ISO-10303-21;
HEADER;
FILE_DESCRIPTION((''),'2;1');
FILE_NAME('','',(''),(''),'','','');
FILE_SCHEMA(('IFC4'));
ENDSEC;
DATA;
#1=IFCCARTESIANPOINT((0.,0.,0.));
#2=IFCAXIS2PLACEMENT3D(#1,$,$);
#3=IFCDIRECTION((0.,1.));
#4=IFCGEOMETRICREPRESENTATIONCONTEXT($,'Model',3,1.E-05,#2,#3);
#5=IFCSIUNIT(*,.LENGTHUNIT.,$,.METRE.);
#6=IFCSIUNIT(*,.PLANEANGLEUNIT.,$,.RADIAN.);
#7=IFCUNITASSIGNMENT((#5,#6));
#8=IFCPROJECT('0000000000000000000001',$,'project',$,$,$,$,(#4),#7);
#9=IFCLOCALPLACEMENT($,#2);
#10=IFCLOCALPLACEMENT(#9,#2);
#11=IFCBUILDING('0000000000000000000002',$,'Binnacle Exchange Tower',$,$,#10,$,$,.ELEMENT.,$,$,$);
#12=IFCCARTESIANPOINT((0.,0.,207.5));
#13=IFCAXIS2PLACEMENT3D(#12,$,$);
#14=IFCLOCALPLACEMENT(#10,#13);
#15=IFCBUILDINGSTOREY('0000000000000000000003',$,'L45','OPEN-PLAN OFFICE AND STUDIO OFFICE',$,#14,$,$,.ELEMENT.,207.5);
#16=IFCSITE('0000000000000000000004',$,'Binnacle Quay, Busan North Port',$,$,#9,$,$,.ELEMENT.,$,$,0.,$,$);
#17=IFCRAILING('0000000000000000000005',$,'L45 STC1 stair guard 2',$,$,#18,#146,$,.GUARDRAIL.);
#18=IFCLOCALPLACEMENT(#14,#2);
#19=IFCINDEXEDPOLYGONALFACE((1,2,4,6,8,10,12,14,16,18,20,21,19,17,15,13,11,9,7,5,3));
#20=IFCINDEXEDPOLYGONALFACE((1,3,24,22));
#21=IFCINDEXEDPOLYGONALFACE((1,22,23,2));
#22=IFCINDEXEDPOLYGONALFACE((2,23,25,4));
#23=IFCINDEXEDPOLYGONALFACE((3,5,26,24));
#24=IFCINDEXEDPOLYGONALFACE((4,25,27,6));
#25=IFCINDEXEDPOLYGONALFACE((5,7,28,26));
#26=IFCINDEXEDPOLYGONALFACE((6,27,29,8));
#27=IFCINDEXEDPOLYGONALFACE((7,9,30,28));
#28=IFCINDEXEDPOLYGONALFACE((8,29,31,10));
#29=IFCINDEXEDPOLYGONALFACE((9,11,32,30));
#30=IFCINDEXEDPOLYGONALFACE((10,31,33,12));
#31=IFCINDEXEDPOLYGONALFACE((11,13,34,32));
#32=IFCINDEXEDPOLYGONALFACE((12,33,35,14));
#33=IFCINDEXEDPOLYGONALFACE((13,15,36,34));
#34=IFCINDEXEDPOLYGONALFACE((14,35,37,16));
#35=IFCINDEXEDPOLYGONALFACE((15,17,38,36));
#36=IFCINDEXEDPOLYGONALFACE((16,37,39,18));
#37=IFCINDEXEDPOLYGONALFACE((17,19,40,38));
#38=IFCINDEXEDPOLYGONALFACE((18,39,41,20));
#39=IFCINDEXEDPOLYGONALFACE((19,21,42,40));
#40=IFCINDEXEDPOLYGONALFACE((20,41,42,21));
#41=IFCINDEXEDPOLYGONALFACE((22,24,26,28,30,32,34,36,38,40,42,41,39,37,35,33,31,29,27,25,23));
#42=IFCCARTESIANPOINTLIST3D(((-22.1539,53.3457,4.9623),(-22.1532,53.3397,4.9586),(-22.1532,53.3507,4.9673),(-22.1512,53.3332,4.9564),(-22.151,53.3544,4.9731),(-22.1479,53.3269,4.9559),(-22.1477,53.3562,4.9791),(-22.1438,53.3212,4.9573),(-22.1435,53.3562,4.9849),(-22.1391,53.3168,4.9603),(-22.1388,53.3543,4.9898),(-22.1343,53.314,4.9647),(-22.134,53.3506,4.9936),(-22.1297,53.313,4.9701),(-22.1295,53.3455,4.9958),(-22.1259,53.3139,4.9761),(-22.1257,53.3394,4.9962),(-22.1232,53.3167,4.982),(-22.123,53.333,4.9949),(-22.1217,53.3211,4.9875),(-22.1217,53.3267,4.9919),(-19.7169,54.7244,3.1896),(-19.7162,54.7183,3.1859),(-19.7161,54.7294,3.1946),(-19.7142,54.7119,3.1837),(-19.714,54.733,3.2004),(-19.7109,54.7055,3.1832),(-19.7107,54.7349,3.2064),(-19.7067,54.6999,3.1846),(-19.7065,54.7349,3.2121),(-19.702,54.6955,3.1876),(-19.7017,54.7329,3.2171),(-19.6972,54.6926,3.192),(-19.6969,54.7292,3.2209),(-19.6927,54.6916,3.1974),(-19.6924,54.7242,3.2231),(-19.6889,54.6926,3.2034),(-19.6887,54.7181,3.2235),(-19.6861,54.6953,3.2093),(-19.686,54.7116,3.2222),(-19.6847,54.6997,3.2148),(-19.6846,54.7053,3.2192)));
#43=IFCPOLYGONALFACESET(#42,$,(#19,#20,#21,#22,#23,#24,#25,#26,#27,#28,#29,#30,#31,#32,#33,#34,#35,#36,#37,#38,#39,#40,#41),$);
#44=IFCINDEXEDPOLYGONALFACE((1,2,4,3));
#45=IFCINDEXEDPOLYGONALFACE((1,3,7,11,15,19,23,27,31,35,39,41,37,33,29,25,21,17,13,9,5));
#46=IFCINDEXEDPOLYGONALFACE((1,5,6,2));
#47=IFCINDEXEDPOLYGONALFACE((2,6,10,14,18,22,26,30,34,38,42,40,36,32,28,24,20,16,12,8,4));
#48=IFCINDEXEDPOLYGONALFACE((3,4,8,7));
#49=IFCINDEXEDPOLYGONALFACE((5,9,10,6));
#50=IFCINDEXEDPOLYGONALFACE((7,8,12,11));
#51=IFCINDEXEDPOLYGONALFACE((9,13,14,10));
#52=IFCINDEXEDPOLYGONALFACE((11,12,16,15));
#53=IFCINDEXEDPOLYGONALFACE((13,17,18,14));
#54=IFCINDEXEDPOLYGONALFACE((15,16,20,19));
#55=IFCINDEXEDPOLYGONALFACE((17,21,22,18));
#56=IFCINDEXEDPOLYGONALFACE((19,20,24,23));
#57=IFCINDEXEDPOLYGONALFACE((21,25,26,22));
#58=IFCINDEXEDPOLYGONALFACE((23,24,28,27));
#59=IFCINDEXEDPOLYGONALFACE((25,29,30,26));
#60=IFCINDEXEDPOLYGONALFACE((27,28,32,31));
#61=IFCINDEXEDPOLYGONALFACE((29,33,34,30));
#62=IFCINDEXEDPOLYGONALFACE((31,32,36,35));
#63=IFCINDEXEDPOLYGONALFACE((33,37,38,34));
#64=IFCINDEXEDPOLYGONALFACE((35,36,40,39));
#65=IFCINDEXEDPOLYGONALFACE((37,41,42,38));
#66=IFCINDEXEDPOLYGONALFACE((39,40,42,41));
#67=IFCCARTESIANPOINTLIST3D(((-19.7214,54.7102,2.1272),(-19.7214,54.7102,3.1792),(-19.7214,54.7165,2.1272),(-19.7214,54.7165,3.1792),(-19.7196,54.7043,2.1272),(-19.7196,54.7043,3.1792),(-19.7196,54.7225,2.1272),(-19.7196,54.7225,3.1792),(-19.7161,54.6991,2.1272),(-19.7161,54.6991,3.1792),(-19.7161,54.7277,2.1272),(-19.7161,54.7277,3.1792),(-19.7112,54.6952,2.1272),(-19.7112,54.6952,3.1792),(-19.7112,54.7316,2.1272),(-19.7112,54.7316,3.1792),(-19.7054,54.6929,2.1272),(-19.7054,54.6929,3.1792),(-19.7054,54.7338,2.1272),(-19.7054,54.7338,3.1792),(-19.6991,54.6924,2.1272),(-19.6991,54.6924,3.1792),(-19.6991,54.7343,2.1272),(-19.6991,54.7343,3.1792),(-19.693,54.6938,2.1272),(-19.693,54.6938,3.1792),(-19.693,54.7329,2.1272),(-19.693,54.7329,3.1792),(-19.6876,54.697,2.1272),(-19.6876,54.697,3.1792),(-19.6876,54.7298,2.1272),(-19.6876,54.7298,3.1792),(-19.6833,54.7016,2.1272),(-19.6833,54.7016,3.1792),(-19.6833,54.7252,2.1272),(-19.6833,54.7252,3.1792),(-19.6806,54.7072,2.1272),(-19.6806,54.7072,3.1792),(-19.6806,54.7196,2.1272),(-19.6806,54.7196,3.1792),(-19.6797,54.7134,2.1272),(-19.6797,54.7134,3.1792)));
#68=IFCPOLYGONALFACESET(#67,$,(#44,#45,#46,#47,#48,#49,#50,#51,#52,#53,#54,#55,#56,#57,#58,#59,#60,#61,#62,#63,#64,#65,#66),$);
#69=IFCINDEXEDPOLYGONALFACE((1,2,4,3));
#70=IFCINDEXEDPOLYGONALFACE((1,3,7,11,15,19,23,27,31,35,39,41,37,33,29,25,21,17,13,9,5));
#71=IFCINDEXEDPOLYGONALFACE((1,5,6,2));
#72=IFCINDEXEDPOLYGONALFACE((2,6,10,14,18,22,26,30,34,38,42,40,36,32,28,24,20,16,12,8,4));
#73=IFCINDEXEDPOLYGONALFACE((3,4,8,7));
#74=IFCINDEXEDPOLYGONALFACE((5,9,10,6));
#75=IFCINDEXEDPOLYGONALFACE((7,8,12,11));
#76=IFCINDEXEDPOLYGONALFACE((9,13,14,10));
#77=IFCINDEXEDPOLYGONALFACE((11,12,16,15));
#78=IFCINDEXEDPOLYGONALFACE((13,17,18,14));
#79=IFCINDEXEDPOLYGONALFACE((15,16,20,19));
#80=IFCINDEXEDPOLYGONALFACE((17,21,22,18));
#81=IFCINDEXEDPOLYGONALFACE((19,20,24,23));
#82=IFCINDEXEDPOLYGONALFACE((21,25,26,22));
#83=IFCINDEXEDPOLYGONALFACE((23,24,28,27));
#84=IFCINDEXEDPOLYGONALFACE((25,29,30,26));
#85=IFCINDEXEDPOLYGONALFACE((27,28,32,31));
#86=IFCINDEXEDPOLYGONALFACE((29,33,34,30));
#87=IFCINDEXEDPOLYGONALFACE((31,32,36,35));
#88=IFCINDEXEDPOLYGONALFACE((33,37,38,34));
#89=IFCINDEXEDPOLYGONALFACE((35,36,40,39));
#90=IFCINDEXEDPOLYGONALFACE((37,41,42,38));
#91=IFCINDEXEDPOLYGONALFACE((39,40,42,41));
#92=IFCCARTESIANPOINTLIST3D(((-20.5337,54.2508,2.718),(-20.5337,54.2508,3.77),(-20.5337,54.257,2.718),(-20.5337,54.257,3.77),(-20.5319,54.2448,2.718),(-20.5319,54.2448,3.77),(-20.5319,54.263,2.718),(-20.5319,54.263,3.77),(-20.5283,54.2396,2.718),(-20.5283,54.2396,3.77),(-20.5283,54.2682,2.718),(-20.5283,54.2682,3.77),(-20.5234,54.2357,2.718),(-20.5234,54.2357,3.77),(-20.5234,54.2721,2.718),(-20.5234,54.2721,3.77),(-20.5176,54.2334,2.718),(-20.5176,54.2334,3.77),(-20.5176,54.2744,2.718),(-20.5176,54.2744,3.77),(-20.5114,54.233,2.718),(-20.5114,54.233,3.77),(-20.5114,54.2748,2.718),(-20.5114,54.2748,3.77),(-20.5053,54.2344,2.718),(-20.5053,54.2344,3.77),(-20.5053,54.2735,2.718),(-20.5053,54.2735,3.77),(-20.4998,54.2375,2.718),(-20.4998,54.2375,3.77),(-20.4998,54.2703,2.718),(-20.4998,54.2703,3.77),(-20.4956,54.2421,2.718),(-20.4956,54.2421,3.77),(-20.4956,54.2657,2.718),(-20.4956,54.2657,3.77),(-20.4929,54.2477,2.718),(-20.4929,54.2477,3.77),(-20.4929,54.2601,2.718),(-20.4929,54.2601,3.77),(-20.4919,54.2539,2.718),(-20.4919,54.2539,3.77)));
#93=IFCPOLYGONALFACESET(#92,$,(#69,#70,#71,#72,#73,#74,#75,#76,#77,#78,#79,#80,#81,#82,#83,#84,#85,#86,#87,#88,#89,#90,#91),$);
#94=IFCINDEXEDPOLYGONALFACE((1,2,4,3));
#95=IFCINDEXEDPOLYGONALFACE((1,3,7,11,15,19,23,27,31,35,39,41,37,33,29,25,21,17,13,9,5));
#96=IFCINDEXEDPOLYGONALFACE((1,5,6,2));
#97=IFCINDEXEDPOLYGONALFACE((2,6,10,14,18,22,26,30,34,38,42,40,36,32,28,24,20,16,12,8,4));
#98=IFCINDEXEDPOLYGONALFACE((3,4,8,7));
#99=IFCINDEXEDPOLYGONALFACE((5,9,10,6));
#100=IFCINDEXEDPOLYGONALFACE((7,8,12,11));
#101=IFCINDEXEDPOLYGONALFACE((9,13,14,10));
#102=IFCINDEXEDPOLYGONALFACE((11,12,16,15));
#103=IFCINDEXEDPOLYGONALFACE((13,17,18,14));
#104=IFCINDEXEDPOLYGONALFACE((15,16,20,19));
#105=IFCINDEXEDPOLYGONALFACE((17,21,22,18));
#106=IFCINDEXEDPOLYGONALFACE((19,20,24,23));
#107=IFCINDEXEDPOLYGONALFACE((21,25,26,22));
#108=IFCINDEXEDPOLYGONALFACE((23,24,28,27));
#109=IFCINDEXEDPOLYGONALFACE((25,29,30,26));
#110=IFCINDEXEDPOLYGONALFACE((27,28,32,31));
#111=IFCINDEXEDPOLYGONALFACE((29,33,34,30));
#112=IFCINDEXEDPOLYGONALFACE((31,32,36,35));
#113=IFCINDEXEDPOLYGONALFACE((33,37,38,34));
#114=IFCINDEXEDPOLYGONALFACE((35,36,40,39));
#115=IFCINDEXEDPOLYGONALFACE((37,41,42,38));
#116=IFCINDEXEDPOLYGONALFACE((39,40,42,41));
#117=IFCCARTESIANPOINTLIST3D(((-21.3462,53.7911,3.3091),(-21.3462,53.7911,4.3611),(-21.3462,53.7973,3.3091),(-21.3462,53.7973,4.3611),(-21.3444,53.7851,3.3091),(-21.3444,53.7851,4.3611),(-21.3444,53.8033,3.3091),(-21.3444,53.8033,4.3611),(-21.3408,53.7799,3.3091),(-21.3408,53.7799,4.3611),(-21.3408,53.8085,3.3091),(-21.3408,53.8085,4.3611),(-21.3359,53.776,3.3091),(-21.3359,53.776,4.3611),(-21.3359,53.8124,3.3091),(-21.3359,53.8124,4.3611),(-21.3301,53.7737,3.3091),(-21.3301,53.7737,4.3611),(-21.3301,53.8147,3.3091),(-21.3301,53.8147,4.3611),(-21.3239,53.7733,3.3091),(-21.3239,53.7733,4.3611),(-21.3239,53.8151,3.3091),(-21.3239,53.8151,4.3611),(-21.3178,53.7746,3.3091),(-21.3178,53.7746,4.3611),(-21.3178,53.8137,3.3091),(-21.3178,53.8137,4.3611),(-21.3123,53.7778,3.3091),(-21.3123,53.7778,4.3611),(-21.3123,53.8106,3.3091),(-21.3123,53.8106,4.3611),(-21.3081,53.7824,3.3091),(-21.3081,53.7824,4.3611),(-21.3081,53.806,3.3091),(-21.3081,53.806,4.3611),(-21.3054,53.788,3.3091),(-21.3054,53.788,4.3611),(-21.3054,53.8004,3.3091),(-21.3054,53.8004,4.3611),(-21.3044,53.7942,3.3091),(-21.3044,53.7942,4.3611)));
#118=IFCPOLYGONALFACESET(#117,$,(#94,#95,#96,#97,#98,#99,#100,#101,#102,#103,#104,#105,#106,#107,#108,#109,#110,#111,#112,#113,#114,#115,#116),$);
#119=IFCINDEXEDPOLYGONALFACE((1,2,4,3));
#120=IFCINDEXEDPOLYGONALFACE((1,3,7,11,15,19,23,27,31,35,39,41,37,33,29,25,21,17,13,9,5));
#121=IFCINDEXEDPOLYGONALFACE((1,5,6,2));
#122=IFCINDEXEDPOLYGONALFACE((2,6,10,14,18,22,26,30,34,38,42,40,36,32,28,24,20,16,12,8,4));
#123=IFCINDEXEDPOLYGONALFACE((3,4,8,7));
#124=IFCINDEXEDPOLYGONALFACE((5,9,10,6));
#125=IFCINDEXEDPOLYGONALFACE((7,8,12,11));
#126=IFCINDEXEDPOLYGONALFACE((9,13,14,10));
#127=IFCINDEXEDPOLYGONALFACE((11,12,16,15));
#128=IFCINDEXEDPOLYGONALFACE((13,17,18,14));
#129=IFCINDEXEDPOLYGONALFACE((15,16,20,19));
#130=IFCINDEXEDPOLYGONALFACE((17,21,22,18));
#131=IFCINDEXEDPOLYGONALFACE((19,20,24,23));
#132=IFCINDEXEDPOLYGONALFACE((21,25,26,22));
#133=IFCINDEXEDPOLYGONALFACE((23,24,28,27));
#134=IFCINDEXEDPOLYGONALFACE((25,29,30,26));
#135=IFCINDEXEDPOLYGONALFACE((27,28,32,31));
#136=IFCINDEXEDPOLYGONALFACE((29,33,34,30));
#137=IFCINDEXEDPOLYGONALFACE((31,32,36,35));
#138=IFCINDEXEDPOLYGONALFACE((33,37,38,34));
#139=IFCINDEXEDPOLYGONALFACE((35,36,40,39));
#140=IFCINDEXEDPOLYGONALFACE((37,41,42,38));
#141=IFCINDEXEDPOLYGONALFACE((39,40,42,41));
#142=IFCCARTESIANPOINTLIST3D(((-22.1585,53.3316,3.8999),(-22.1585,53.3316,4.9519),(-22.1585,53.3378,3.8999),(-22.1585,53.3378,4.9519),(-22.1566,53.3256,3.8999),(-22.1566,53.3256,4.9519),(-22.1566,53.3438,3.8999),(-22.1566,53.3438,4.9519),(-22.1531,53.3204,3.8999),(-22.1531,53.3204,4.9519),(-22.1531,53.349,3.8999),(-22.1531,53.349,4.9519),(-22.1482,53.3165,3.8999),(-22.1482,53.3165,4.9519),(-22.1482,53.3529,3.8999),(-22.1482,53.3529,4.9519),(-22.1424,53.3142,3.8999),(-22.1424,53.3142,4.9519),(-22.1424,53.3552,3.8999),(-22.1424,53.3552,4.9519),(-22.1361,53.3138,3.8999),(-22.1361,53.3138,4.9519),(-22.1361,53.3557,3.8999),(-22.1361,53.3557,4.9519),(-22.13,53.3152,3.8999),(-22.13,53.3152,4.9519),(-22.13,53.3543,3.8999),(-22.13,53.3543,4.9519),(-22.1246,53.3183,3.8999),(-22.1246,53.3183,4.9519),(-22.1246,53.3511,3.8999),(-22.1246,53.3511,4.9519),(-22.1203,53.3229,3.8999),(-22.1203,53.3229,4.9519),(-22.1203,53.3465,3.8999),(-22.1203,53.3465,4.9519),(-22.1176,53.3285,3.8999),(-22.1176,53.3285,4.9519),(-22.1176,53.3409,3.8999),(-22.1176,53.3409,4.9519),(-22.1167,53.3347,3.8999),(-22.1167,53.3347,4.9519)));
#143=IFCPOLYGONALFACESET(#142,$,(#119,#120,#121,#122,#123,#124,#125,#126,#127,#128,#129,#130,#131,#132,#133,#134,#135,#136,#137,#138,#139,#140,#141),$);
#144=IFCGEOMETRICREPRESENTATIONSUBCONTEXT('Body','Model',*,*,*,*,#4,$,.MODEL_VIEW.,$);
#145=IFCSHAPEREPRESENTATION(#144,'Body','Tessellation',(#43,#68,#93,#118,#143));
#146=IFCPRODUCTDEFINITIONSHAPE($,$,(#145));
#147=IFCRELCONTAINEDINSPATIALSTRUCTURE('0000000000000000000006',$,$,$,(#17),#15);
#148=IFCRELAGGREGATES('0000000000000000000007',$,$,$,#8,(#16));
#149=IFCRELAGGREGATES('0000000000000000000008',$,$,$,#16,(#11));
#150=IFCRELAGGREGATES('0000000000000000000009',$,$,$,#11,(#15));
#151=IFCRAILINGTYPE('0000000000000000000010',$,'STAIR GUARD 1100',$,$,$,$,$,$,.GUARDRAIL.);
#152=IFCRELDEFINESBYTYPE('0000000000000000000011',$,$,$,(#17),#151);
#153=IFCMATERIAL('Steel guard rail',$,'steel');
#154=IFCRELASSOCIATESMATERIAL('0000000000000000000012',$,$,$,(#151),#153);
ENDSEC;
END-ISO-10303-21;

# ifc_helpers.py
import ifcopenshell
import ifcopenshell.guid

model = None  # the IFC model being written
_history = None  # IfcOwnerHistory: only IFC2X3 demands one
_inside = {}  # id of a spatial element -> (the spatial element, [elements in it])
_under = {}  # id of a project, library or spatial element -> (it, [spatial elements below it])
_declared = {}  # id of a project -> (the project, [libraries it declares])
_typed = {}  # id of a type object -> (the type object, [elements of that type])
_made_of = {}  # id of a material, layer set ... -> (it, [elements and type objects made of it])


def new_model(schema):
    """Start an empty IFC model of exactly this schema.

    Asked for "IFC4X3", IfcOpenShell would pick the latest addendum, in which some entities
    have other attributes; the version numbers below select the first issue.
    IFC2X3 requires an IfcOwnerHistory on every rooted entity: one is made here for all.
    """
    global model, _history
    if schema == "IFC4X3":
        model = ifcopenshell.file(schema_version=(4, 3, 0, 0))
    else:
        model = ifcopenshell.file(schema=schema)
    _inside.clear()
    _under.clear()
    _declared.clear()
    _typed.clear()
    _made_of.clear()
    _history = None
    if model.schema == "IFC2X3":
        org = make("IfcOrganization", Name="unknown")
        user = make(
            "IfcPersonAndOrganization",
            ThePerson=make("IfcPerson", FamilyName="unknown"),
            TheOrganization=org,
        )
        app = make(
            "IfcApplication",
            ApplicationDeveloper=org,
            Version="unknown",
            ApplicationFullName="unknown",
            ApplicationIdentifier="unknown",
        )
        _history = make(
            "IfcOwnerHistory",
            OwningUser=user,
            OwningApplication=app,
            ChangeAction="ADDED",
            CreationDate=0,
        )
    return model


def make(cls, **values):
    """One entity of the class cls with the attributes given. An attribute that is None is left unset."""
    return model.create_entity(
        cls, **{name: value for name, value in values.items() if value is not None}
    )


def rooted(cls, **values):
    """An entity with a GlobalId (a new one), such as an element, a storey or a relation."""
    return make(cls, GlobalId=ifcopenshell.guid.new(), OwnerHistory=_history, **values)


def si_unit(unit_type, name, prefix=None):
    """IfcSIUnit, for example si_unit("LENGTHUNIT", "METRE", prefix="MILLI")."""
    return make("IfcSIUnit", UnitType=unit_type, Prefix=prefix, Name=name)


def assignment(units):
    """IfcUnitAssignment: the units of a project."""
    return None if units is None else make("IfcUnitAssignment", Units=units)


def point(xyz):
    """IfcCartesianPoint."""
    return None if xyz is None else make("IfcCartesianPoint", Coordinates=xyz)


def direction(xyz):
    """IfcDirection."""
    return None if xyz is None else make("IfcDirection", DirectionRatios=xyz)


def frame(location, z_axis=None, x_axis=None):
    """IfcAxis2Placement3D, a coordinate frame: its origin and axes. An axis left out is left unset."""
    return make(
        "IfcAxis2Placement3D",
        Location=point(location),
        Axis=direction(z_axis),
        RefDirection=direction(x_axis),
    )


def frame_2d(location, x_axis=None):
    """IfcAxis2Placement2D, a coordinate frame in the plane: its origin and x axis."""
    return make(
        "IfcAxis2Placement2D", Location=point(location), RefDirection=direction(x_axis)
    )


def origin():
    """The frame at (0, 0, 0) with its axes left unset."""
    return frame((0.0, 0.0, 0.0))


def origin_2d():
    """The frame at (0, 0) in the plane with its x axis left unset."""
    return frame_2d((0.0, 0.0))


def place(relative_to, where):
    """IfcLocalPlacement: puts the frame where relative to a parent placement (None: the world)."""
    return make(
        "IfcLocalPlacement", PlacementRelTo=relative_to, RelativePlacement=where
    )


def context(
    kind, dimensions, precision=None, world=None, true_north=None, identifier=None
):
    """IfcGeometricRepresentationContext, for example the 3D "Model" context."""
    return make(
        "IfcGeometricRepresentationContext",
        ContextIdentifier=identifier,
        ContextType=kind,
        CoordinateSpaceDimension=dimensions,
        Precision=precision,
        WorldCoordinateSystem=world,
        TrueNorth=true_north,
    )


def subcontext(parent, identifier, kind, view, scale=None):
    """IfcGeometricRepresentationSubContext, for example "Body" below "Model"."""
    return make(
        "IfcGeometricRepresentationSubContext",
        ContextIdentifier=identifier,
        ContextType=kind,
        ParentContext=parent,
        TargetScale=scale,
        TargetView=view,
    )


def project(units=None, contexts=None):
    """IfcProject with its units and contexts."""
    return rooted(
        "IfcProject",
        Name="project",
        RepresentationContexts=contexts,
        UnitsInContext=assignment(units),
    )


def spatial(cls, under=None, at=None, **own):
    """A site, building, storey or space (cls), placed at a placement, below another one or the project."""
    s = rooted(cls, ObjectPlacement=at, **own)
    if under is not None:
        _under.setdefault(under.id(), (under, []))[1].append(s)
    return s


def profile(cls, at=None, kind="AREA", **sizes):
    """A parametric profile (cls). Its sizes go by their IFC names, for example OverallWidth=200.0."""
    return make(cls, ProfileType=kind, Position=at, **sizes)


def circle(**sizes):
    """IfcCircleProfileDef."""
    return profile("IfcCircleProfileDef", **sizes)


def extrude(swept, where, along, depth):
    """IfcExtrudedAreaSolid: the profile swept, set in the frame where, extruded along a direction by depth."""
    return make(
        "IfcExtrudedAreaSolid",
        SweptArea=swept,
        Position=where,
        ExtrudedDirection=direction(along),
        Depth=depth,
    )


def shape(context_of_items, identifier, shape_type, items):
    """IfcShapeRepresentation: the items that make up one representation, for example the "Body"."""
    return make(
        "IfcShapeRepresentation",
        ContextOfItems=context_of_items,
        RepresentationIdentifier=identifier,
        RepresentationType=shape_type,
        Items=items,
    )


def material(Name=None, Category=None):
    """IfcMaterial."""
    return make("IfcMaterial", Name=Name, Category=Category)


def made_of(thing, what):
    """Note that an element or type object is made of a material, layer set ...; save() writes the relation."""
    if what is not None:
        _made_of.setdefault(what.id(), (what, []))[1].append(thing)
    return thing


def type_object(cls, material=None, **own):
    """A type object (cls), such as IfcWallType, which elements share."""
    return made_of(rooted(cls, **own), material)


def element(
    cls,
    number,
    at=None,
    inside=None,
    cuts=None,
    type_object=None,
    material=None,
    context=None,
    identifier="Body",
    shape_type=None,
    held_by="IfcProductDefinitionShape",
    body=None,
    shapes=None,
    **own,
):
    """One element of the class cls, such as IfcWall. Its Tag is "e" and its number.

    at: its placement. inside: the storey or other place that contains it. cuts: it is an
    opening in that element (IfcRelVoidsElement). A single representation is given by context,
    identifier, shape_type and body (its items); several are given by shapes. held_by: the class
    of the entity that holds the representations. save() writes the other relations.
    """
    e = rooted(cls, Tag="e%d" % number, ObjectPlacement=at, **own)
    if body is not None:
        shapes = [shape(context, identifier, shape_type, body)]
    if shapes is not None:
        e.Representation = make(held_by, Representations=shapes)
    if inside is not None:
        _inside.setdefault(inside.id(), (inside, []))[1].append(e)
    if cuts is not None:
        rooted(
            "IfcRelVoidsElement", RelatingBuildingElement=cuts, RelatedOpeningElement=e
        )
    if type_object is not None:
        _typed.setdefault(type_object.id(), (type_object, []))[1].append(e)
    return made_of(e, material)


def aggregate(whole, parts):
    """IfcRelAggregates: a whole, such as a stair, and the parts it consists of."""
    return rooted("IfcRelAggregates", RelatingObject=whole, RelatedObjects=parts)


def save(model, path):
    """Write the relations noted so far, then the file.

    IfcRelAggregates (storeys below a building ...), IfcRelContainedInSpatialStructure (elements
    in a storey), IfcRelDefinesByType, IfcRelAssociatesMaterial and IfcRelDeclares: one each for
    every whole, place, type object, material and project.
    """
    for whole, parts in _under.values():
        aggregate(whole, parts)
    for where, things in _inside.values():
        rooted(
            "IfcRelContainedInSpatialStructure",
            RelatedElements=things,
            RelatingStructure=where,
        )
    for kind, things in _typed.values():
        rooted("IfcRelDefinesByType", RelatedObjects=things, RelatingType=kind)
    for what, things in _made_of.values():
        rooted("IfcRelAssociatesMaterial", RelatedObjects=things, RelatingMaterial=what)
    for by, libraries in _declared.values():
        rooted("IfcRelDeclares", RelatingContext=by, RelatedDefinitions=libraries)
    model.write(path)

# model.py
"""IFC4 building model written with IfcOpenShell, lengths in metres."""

from ifc_helpers import new_model, si_unit, direction, frame, origin, origin_2d, place, context, subcontext, project, spatial, circle, extrude, material, type_object, element, save


model = new_model("IFC4")

# Units and contexts
model_context = context("Model", 3, precision=1e-05, world=origin(), true_north=direction((0.0, 1.0)))
body_context = subcontext(model_context, "Body", "Model", "MODEL_VIEW")
ifc_project = project(units=[si_unit("LENGTHUNIT", "METRE"), si_unit("PLANEANGLEUNIT", "RADIAN")], contexts=[model_context])

# Site, building, storey
site_placement = place(None, origin())
site = spatial("IfcSite", under=ifc_project, at=site_placement, Name="Binnacle Quay, Busan North Port", CompositionType="ELEMENT", RefElevation=0.0)
building_placement = place(site_placement, origin())
building = spatial("IfcBuilding", under=site, at=building_placement, Name="Binnacle Exchange Tower", CompositionType="ELEMENT")
storey_placement = place(building_placement, frame((0.0, 0.0, 207.5)))
storey = spatial("IfcBuildingStorey", under=building, at=storey_placement, Name="L45", Description="OPEN-PLAN OFFICE AND STUDIO OFFICE", CompositionType="ELEMENT", Elevation=207.5)

# Railing
ifc_material_1 = material(Name="Steel guard rail", Category="steel")
railing_type_1 = type_object("IfcRailingType", Name="STAIR GUARD 1100", PredefinedType="GUARDRAIL", material=ifc_material_1)
railing_1_placement = place(storey_placement, frame((-19.7007, 54.7134, 2.1272)))
element("IfcRailing", 1, at=railing_1_placement, inside=storey, type_object=railing_type_1, Name="L45 STC1 stair guard 2", PredefinedType="GUARDRAIL", context=body_context, shape_type="SweptSolid", body=[
    extrude(circle(Radius=0.0239, at=origin_2d()), frame((0.0, 0.0, 1.0762), z_axis=(-0.735381, -0.416019, 0.534923), x_axis=(0.492388, -0.870376, 0.0)), (0.0, 0.0, 1.0), 3.314),
    extrude(circle(Radius=0.021, at=origin_2d()), origin(), (0.0, 0.0, 1.0), 1.052),
    extrude(circle(Radius=0.021, at=origin_2d()), frame((-0.8123, -0.4595, 0.5908)), (0.0, 0.0, 1.0), 1.052),
    extrude(circle(Radius=0.021, at=origin_2d()), frame((-1.6248, -0.9192, 1.1819)), (0.0, 0.0, 1.0), 1.052),
    extrude(circle(Radius=0.021, at=origin_2d()), frame((-2.437, -1.3787, 1.7727)), (0.0, 0.0, 1.0), 1.052),
])

save(model, "model.ifc")
